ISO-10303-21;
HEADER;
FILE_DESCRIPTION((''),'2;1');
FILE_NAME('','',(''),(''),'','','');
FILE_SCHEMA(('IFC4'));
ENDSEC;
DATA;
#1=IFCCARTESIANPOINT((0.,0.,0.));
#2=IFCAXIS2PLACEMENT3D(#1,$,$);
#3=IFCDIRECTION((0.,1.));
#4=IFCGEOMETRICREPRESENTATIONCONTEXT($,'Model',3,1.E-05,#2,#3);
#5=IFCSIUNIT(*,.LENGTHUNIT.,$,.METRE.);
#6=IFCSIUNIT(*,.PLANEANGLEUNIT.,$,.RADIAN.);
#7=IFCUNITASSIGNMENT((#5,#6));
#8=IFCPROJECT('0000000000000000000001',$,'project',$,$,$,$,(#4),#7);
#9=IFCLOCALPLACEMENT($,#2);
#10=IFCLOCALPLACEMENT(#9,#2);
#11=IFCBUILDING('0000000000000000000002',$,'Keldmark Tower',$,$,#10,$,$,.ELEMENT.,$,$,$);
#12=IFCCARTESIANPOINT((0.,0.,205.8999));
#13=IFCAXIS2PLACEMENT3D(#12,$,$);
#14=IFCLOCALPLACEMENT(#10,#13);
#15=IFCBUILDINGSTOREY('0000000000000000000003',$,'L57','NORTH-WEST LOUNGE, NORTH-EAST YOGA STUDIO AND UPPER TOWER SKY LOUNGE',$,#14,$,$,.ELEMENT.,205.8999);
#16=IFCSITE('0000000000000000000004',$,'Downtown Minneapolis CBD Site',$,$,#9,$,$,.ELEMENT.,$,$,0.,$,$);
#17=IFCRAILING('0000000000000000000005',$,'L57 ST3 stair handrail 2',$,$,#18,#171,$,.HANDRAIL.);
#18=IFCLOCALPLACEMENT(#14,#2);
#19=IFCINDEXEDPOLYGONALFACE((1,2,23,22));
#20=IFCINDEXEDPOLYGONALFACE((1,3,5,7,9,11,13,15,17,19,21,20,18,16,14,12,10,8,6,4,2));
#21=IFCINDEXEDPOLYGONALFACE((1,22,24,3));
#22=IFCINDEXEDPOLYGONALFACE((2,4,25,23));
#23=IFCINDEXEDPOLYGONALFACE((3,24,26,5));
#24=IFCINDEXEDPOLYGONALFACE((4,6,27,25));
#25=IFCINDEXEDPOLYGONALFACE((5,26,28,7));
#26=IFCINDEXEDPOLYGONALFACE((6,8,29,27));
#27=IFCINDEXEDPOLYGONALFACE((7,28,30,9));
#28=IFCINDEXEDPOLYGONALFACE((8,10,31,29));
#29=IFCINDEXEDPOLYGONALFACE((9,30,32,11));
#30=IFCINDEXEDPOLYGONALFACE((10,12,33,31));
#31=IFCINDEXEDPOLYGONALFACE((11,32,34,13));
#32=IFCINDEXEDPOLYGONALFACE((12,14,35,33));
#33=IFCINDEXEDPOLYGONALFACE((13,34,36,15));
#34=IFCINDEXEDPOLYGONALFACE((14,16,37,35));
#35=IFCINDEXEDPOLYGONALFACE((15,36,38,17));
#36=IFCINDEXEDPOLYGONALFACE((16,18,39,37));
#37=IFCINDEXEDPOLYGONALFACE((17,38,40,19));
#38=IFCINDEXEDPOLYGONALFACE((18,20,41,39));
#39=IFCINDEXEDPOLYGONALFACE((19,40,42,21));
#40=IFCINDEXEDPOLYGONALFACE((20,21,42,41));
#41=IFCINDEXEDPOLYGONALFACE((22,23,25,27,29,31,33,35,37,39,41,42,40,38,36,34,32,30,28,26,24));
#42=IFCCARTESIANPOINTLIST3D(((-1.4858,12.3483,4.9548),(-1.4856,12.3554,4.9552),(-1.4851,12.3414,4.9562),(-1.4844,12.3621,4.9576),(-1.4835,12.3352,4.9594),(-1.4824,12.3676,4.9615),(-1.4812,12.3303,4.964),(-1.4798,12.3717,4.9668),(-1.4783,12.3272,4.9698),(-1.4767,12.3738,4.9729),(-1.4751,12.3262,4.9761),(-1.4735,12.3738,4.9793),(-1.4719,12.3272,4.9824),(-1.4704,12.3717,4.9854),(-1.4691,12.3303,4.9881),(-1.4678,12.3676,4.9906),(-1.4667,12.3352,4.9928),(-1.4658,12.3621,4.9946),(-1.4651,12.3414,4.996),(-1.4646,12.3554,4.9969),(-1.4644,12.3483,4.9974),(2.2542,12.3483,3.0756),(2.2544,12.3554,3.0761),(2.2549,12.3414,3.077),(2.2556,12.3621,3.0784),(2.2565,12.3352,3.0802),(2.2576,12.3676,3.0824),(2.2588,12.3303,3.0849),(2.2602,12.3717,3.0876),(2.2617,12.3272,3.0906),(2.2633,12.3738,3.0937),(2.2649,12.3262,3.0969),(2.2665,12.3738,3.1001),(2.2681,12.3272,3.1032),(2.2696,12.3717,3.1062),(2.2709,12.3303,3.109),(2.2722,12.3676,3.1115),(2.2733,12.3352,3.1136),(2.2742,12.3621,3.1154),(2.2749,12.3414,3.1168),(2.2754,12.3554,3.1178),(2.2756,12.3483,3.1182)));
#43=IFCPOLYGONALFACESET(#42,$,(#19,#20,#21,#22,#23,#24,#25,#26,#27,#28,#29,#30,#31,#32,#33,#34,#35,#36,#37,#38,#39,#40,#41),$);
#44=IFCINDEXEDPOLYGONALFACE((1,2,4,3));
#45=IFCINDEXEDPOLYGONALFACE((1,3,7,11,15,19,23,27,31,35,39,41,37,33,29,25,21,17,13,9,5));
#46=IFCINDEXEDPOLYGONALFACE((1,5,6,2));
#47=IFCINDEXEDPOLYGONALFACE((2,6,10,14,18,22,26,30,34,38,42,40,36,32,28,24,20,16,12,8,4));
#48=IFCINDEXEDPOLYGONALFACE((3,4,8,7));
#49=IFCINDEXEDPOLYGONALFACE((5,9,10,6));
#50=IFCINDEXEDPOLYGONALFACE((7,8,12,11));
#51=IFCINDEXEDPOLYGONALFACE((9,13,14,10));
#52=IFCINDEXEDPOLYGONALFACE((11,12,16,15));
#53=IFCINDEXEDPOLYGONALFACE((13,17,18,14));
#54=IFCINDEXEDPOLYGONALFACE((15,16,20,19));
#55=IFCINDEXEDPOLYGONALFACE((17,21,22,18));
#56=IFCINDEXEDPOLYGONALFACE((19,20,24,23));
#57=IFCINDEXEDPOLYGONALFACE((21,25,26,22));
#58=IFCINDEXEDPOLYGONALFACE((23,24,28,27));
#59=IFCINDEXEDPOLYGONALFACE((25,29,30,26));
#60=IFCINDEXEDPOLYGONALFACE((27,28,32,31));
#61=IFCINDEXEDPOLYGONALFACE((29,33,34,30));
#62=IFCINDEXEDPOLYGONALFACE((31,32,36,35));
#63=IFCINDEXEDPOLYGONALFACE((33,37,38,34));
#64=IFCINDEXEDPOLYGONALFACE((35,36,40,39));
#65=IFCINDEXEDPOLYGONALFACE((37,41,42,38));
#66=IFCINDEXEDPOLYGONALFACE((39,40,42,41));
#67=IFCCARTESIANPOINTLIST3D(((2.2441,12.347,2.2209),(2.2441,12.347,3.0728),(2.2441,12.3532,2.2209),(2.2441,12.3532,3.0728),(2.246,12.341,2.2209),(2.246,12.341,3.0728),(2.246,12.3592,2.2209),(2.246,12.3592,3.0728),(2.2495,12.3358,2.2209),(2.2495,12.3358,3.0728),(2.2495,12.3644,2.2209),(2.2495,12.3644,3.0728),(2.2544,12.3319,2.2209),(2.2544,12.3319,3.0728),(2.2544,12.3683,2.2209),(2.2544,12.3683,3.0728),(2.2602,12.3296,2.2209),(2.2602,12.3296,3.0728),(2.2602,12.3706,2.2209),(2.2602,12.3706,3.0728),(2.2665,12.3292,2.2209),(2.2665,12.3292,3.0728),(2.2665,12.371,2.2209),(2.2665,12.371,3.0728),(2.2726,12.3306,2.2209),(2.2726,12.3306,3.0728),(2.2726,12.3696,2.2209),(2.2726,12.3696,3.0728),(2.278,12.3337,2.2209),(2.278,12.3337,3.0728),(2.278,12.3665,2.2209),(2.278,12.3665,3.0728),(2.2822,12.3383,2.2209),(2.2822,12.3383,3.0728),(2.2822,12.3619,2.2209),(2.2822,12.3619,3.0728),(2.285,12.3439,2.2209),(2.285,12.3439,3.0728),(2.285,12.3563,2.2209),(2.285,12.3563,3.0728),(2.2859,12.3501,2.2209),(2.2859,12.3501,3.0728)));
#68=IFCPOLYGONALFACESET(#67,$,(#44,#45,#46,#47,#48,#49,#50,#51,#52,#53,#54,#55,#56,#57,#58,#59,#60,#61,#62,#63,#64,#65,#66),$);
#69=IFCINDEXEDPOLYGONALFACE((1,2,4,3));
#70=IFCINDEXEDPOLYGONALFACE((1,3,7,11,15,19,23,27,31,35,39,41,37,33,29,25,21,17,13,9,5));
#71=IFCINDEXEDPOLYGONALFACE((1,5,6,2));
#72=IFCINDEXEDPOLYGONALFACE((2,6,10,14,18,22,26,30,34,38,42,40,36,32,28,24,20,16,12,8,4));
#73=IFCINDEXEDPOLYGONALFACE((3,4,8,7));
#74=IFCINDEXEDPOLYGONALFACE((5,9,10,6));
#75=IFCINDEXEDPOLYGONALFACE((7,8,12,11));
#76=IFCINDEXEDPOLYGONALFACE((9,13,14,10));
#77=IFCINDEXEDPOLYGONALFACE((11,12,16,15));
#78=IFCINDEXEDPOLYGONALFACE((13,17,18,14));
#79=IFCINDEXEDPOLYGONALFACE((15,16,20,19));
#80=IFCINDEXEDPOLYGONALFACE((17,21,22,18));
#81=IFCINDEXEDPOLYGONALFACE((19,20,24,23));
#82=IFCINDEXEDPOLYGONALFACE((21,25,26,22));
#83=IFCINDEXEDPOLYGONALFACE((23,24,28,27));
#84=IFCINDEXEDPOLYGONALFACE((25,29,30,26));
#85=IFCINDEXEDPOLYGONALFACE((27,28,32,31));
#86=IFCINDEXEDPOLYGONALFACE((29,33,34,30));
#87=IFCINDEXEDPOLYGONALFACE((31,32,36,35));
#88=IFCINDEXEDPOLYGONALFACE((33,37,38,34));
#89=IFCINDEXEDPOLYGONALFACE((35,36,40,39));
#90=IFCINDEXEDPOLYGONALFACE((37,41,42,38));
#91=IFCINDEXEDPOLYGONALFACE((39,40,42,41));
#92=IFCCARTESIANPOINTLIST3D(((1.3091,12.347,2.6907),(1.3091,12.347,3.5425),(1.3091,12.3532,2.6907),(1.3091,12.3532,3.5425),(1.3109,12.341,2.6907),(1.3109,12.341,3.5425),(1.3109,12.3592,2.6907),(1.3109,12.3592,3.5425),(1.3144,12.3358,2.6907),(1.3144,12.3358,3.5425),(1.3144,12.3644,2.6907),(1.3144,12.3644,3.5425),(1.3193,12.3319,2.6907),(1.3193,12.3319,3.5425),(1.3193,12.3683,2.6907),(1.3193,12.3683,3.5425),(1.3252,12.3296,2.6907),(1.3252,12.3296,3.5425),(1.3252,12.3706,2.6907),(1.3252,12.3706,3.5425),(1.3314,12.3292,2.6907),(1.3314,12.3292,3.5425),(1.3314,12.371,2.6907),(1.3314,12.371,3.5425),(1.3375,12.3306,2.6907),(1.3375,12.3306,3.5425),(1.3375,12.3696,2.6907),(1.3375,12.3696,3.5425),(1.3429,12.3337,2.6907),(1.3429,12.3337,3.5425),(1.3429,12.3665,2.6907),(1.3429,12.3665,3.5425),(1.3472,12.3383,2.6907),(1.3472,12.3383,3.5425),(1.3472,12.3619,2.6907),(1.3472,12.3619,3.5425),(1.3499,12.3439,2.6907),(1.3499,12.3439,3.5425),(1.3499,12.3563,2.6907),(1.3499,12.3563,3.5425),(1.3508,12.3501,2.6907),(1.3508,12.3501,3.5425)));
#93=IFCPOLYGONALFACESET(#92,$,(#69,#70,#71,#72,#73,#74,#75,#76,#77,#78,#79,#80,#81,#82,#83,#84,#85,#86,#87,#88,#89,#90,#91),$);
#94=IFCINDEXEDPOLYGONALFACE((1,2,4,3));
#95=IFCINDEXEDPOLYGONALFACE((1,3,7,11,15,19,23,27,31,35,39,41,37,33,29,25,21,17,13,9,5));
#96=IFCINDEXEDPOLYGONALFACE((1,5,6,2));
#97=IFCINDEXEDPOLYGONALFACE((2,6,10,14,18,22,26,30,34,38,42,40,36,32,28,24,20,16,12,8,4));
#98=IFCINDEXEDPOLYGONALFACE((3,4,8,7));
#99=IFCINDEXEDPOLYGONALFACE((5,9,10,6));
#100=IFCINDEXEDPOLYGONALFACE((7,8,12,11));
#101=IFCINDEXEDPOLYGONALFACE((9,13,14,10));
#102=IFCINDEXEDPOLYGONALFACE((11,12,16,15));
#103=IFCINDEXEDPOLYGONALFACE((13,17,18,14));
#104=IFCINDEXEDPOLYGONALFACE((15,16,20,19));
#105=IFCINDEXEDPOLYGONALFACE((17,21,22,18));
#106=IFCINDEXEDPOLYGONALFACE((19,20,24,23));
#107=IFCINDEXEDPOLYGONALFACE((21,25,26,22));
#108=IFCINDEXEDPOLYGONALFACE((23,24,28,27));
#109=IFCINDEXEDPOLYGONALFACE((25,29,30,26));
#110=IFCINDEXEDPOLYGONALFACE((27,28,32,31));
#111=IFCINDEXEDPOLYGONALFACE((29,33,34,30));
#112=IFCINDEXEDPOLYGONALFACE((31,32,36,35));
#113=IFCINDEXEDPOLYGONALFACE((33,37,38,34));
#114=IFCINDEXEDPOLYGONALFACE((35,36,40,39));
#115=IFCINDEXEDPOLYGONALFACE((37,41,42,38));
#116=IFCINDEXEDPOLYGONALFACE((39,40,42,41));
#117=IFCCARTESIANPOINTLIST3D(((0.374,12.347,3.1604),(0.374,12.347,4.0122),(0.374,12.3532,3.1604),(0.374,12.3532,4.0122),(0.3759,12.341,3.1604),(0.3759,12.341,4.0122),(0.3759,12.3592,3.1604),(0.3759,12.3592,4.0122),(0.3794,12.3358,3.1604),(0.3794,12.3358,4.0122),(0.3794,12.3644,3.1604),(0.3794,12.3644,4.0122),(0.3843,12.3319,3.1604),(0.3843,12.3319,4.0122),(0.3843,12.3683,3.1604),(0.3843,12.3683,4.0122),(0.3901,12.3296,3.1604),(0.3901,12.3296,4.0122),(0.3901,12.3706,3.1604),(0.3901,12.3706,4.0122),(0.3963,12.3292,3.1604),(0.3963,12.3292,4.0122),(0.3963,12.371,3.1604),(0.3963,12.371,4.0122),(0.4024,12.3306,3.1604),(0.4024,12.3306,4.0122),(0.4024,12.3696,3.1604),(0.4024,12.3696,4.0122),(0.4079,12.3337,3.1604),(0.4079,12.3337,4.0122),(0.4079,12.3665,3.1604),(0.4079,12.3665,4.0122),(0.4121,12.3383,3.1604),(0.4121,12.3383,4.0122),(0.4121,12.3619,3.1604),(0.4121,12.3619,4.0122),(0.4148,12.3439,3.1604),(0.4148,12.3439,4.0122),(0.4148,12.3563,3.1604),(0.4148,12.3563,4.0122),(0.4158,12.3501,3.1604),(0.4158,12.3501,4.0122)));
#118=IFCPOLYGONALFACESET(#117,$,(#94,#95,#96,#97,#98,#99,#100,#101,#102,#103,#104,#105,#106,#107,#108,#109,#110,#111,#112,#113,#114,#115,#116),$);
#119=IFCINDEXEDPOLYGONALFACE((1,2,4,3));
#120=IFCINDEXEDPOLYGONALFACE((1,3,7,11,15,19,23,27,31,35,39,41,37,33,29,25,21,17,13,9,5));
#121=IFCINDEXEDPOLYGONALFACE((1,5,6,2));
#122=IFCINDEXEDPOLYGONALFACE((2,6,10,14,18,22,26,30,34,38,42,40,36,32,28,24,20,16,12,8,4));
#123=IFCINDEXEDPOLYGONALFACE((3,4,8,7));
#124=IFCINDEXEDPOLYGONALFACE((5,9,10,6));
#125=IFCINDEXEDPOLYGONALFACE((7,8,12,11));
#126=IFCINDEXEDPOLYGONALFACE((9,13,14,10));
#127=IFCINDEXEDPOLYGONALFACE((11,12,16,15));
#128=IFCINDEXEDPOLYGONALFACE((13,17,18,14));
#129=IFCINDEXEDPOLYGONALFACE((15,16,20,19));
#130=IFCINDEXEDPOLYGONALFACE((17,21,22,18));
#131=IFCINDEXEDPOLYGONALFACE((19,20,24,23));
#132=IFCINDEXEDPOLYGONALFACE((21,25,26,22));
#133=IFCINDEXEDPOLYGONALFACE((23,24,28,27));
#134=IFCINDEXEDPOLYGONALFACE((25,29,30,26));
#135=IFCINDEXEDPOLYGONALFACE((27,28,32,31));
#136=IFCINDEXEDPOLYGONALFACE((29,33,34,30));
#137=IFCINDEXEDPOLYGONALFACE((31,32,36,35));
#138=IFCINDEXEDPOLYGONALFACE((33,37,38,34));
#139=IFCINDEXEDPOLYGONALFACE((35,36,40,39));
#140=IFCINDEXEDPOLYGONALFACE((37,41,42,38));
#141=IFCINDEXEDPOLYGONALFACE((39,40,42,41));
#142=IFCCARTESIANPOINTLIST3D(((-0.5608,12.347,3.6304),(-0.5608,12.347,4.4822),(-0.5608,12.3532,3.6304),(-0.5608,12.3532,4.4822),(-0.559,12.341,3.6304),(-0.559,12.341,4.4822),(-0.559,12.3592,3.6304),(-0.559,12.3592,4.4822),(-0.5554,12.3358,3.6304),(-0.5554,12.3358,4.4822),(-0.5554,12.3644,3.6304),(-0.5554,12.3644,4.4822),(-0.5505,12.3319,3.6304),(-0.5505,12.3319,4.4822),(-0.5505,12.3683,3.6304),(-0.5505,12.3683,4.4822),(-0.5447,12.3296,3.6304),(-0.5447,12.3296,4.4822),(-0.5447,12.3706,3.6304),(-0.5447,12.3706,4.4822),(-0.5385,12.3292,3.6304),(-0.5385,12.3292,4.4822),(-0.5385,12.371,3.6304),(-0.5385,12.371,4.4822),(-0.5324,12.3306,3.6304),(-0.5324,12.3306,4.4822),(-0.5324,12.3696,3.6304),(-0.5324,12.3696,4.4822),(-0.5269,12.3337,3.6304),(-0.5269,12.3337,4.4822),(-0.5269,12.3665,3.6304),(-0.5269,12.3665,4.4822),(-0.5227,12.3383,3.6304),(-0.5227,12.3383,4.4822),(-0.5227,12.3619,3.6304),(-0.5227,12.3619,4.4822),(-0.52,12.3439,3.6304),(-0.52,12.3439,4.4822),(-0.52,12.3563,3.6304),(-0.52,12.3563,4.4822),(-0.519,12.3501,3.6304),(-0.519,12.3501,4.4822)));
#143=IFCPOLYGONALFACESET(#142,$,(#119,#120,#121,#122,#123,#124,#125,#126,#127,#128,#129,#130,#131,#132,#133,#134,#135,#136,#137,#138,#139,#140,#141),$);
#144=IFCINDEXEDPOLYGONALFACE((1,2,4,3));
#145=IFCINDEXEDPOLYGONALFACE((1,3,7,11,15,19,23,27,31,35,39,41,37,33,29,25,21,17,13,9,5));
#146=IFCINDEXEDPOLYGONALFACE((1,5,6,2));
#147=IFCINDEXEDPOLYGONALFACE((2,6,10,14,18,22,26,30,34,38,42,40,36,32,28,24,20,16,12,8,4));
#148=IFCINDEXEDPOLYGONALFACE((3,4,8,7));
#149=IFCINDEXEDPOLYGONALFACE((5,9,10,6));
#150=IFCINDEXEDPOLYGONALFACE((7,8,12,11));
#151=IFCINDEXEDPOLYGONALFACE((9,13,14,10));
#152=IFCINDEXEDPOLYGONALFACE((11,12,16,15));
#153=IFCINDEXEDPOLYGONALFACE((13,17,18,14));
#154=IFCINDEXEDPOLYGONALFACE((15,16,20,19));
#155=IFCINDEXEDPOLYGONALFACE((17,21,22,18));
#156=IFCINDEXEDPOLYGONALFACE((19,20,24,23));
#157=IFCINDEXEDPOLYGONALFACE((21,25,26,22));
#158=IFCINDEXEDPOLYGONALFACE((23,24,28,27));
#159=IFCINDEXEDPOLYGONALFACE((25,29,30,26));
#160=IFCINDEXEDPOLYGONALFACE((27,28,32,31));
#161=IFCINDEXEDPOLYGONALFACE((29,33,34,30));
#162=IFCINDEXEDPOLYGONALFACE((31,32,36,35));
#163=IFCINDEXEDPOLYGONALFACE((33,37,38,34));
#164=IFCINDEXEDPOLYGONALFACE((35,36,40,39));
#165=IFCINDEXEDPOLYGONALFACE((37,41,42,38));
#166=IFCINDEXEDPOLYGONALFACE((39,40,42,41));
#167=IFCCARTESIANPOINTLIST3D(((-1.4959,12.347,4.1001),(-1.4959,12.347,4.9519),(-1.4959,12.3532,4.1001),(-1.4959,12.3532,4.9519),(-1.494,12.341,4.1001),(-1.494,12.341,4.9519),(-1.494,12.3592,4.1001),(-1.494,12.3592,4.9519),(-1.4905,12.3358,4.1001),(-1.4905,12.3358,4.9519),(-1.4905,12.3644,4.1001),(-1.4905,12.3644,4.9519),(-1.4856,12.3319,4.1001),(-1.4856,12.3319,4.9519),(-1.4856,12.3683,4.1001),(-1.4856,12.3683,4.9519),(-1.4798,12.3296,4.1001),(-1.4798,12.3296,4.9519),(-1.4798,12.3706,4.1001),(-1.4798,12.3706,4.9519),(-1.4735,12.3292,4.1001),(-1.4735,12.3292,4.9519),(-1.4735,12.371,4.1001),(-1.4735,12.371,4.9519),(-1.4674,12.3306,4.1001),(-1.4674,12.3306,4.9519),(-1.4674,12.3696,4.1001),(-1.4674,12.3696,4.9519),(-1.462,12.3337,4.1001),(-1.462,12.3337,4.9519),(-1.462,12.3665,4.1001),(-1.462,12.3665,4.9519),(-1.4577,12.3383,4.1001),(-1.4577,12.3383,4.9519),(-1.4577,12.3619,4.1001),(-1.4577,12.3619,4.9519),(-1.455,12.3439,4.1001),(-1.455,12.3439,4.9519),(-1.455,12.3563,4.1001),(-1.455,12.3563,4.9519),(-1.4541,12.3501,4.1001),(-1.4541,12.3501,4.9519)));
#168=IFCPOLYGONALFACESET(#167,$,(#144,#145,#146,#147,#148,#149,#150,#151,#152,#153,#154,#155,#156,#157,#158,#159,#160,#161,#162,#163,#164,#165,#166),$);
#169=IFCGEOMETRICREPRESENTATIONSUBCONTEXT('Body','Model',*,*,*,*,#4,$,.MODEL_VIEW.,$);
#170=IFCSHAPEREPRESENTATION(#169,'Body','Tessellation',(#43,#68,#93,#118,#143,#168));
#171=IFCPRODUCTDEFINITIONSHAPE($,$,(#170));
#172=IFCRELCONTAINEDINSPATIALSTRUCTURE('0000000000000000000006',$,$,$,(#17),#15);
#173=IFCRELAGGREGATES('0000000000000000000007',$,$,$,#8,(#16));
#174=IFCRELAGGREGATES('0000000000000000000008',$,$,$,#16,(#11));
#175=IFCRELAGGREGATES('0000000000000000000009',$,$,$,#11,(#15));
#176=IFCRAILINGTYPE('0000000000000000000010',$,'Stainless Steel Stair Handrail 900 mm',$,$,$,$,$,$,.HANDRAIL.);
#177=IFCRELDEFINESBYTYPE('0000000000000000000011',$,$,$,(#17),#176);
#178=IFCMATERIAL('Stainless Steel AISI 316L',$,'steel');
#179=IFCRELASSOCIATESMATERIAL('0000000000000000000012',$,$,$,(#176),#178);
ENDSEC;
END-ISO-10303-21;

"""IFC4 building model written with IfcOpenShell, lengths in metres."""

from ifc_helpers import new_model, si_unit, direction, frame, origin, origin_2d, place, context, subcontext, project, spatial, circle, extrude, material, type_object, element, save


model = new_model("IFC4")

# Units and contexts
model_context = context("Model", 3, precision=1e-05, world=origin(), true_north=direction((0.0, 1.0)))
body_context = subcontext(model_context, "Body", "Model", "MODEL_VIEW")
ifc_project = project(units=[si_unit("LENGTHUNIT", "METRE"), si_unit("PLANEANGLEUNIT", "RADIAN")], contexts=[model_context])

# Site, building, storey
site_placement = place(None, origin())
site = spatial("IfcSite", under=ifc_project, at=site_placement, Name="Downtown Minneapolis CBD Site", CompositionType="ELEMENT", RefElevation=0.0)
building_placement = place(site_placement, origin())
building = spatial("IfcBuilding", under=site, at=building_placement, Name="Keldmark Tower", CompositionType="ELEMENT")
storey_placement = place(building_placement, frame((0.0, 0.0, 205.8999)))
storey = spatial("IfcBuildingStorey", under=building, at=storey_placement, Name="L57", Description="NORTH-WEST LOUNGE, NORTH-EAST YOGA STUDIO AND UPPER TOWER SKY LOUNGE", CompositionType="ELEMENT", Elevation=205.8999)

# Railing
ifc_material_1 = material(Name="Stainless Steel AISI 316L", Category="steel")
railing_type_1 = type_object("IfcRailingType", Name="Stainless Steel Stair Handrail 900 mm", PredefinedType="HANDRAIL", material=ifc_material_1)
railing_1_placement = place(storey_placement, frame((2.2649, 12.3501, 2.2209)))
element("IfcRailing", 1, at=railing_1_placement, inside=storey, type_object=railing_type_1, Name="L57 ST3 stair handrail 2", PredefinedType="HANDRAIL", context=body_context, shape_type="SweptSolid", body=[
    extrude(circle(Radius=0.0239, at=origin_2d()), frame((0.0, 0.0, 0.876), z_axis=(-0.893551, 0.0, 0.448963), x_axis=(0.0, -1.0, 0.0)), (0.0, 0.0, 1.0), 4.1855),
    extrude(circle(Radius=0.021, at=origin_2d()), origin(), (0.0, 0.0, 1.0), 0.8518),
    extrude(circle(Radius=0.021, at=origin_2d()), frame((-0.9351, 0.0, 0.4697)), (0.0, 0.0, 1.0), 0.8518),
    extrude(circle(Radius=0.021, at=origin_2d()), frame((-1.8701, 0.0, 0.9395)), (0.0, 0.0, 1.0), 0.8518),
    extrude(circle(Radius=0.021, at=origin_2d()), frame((-2.8049, 0.0, 1.4094)), (0.0, 0.0, 1.0), 0.8518),
    extrude(circle(Radius=0.021, at=origin_2d()), frame((-3.74, 0.0, 1.8792)), (0.0, 0.0, 1.0), 0.8518),
])

save(model, "model.ifc")
